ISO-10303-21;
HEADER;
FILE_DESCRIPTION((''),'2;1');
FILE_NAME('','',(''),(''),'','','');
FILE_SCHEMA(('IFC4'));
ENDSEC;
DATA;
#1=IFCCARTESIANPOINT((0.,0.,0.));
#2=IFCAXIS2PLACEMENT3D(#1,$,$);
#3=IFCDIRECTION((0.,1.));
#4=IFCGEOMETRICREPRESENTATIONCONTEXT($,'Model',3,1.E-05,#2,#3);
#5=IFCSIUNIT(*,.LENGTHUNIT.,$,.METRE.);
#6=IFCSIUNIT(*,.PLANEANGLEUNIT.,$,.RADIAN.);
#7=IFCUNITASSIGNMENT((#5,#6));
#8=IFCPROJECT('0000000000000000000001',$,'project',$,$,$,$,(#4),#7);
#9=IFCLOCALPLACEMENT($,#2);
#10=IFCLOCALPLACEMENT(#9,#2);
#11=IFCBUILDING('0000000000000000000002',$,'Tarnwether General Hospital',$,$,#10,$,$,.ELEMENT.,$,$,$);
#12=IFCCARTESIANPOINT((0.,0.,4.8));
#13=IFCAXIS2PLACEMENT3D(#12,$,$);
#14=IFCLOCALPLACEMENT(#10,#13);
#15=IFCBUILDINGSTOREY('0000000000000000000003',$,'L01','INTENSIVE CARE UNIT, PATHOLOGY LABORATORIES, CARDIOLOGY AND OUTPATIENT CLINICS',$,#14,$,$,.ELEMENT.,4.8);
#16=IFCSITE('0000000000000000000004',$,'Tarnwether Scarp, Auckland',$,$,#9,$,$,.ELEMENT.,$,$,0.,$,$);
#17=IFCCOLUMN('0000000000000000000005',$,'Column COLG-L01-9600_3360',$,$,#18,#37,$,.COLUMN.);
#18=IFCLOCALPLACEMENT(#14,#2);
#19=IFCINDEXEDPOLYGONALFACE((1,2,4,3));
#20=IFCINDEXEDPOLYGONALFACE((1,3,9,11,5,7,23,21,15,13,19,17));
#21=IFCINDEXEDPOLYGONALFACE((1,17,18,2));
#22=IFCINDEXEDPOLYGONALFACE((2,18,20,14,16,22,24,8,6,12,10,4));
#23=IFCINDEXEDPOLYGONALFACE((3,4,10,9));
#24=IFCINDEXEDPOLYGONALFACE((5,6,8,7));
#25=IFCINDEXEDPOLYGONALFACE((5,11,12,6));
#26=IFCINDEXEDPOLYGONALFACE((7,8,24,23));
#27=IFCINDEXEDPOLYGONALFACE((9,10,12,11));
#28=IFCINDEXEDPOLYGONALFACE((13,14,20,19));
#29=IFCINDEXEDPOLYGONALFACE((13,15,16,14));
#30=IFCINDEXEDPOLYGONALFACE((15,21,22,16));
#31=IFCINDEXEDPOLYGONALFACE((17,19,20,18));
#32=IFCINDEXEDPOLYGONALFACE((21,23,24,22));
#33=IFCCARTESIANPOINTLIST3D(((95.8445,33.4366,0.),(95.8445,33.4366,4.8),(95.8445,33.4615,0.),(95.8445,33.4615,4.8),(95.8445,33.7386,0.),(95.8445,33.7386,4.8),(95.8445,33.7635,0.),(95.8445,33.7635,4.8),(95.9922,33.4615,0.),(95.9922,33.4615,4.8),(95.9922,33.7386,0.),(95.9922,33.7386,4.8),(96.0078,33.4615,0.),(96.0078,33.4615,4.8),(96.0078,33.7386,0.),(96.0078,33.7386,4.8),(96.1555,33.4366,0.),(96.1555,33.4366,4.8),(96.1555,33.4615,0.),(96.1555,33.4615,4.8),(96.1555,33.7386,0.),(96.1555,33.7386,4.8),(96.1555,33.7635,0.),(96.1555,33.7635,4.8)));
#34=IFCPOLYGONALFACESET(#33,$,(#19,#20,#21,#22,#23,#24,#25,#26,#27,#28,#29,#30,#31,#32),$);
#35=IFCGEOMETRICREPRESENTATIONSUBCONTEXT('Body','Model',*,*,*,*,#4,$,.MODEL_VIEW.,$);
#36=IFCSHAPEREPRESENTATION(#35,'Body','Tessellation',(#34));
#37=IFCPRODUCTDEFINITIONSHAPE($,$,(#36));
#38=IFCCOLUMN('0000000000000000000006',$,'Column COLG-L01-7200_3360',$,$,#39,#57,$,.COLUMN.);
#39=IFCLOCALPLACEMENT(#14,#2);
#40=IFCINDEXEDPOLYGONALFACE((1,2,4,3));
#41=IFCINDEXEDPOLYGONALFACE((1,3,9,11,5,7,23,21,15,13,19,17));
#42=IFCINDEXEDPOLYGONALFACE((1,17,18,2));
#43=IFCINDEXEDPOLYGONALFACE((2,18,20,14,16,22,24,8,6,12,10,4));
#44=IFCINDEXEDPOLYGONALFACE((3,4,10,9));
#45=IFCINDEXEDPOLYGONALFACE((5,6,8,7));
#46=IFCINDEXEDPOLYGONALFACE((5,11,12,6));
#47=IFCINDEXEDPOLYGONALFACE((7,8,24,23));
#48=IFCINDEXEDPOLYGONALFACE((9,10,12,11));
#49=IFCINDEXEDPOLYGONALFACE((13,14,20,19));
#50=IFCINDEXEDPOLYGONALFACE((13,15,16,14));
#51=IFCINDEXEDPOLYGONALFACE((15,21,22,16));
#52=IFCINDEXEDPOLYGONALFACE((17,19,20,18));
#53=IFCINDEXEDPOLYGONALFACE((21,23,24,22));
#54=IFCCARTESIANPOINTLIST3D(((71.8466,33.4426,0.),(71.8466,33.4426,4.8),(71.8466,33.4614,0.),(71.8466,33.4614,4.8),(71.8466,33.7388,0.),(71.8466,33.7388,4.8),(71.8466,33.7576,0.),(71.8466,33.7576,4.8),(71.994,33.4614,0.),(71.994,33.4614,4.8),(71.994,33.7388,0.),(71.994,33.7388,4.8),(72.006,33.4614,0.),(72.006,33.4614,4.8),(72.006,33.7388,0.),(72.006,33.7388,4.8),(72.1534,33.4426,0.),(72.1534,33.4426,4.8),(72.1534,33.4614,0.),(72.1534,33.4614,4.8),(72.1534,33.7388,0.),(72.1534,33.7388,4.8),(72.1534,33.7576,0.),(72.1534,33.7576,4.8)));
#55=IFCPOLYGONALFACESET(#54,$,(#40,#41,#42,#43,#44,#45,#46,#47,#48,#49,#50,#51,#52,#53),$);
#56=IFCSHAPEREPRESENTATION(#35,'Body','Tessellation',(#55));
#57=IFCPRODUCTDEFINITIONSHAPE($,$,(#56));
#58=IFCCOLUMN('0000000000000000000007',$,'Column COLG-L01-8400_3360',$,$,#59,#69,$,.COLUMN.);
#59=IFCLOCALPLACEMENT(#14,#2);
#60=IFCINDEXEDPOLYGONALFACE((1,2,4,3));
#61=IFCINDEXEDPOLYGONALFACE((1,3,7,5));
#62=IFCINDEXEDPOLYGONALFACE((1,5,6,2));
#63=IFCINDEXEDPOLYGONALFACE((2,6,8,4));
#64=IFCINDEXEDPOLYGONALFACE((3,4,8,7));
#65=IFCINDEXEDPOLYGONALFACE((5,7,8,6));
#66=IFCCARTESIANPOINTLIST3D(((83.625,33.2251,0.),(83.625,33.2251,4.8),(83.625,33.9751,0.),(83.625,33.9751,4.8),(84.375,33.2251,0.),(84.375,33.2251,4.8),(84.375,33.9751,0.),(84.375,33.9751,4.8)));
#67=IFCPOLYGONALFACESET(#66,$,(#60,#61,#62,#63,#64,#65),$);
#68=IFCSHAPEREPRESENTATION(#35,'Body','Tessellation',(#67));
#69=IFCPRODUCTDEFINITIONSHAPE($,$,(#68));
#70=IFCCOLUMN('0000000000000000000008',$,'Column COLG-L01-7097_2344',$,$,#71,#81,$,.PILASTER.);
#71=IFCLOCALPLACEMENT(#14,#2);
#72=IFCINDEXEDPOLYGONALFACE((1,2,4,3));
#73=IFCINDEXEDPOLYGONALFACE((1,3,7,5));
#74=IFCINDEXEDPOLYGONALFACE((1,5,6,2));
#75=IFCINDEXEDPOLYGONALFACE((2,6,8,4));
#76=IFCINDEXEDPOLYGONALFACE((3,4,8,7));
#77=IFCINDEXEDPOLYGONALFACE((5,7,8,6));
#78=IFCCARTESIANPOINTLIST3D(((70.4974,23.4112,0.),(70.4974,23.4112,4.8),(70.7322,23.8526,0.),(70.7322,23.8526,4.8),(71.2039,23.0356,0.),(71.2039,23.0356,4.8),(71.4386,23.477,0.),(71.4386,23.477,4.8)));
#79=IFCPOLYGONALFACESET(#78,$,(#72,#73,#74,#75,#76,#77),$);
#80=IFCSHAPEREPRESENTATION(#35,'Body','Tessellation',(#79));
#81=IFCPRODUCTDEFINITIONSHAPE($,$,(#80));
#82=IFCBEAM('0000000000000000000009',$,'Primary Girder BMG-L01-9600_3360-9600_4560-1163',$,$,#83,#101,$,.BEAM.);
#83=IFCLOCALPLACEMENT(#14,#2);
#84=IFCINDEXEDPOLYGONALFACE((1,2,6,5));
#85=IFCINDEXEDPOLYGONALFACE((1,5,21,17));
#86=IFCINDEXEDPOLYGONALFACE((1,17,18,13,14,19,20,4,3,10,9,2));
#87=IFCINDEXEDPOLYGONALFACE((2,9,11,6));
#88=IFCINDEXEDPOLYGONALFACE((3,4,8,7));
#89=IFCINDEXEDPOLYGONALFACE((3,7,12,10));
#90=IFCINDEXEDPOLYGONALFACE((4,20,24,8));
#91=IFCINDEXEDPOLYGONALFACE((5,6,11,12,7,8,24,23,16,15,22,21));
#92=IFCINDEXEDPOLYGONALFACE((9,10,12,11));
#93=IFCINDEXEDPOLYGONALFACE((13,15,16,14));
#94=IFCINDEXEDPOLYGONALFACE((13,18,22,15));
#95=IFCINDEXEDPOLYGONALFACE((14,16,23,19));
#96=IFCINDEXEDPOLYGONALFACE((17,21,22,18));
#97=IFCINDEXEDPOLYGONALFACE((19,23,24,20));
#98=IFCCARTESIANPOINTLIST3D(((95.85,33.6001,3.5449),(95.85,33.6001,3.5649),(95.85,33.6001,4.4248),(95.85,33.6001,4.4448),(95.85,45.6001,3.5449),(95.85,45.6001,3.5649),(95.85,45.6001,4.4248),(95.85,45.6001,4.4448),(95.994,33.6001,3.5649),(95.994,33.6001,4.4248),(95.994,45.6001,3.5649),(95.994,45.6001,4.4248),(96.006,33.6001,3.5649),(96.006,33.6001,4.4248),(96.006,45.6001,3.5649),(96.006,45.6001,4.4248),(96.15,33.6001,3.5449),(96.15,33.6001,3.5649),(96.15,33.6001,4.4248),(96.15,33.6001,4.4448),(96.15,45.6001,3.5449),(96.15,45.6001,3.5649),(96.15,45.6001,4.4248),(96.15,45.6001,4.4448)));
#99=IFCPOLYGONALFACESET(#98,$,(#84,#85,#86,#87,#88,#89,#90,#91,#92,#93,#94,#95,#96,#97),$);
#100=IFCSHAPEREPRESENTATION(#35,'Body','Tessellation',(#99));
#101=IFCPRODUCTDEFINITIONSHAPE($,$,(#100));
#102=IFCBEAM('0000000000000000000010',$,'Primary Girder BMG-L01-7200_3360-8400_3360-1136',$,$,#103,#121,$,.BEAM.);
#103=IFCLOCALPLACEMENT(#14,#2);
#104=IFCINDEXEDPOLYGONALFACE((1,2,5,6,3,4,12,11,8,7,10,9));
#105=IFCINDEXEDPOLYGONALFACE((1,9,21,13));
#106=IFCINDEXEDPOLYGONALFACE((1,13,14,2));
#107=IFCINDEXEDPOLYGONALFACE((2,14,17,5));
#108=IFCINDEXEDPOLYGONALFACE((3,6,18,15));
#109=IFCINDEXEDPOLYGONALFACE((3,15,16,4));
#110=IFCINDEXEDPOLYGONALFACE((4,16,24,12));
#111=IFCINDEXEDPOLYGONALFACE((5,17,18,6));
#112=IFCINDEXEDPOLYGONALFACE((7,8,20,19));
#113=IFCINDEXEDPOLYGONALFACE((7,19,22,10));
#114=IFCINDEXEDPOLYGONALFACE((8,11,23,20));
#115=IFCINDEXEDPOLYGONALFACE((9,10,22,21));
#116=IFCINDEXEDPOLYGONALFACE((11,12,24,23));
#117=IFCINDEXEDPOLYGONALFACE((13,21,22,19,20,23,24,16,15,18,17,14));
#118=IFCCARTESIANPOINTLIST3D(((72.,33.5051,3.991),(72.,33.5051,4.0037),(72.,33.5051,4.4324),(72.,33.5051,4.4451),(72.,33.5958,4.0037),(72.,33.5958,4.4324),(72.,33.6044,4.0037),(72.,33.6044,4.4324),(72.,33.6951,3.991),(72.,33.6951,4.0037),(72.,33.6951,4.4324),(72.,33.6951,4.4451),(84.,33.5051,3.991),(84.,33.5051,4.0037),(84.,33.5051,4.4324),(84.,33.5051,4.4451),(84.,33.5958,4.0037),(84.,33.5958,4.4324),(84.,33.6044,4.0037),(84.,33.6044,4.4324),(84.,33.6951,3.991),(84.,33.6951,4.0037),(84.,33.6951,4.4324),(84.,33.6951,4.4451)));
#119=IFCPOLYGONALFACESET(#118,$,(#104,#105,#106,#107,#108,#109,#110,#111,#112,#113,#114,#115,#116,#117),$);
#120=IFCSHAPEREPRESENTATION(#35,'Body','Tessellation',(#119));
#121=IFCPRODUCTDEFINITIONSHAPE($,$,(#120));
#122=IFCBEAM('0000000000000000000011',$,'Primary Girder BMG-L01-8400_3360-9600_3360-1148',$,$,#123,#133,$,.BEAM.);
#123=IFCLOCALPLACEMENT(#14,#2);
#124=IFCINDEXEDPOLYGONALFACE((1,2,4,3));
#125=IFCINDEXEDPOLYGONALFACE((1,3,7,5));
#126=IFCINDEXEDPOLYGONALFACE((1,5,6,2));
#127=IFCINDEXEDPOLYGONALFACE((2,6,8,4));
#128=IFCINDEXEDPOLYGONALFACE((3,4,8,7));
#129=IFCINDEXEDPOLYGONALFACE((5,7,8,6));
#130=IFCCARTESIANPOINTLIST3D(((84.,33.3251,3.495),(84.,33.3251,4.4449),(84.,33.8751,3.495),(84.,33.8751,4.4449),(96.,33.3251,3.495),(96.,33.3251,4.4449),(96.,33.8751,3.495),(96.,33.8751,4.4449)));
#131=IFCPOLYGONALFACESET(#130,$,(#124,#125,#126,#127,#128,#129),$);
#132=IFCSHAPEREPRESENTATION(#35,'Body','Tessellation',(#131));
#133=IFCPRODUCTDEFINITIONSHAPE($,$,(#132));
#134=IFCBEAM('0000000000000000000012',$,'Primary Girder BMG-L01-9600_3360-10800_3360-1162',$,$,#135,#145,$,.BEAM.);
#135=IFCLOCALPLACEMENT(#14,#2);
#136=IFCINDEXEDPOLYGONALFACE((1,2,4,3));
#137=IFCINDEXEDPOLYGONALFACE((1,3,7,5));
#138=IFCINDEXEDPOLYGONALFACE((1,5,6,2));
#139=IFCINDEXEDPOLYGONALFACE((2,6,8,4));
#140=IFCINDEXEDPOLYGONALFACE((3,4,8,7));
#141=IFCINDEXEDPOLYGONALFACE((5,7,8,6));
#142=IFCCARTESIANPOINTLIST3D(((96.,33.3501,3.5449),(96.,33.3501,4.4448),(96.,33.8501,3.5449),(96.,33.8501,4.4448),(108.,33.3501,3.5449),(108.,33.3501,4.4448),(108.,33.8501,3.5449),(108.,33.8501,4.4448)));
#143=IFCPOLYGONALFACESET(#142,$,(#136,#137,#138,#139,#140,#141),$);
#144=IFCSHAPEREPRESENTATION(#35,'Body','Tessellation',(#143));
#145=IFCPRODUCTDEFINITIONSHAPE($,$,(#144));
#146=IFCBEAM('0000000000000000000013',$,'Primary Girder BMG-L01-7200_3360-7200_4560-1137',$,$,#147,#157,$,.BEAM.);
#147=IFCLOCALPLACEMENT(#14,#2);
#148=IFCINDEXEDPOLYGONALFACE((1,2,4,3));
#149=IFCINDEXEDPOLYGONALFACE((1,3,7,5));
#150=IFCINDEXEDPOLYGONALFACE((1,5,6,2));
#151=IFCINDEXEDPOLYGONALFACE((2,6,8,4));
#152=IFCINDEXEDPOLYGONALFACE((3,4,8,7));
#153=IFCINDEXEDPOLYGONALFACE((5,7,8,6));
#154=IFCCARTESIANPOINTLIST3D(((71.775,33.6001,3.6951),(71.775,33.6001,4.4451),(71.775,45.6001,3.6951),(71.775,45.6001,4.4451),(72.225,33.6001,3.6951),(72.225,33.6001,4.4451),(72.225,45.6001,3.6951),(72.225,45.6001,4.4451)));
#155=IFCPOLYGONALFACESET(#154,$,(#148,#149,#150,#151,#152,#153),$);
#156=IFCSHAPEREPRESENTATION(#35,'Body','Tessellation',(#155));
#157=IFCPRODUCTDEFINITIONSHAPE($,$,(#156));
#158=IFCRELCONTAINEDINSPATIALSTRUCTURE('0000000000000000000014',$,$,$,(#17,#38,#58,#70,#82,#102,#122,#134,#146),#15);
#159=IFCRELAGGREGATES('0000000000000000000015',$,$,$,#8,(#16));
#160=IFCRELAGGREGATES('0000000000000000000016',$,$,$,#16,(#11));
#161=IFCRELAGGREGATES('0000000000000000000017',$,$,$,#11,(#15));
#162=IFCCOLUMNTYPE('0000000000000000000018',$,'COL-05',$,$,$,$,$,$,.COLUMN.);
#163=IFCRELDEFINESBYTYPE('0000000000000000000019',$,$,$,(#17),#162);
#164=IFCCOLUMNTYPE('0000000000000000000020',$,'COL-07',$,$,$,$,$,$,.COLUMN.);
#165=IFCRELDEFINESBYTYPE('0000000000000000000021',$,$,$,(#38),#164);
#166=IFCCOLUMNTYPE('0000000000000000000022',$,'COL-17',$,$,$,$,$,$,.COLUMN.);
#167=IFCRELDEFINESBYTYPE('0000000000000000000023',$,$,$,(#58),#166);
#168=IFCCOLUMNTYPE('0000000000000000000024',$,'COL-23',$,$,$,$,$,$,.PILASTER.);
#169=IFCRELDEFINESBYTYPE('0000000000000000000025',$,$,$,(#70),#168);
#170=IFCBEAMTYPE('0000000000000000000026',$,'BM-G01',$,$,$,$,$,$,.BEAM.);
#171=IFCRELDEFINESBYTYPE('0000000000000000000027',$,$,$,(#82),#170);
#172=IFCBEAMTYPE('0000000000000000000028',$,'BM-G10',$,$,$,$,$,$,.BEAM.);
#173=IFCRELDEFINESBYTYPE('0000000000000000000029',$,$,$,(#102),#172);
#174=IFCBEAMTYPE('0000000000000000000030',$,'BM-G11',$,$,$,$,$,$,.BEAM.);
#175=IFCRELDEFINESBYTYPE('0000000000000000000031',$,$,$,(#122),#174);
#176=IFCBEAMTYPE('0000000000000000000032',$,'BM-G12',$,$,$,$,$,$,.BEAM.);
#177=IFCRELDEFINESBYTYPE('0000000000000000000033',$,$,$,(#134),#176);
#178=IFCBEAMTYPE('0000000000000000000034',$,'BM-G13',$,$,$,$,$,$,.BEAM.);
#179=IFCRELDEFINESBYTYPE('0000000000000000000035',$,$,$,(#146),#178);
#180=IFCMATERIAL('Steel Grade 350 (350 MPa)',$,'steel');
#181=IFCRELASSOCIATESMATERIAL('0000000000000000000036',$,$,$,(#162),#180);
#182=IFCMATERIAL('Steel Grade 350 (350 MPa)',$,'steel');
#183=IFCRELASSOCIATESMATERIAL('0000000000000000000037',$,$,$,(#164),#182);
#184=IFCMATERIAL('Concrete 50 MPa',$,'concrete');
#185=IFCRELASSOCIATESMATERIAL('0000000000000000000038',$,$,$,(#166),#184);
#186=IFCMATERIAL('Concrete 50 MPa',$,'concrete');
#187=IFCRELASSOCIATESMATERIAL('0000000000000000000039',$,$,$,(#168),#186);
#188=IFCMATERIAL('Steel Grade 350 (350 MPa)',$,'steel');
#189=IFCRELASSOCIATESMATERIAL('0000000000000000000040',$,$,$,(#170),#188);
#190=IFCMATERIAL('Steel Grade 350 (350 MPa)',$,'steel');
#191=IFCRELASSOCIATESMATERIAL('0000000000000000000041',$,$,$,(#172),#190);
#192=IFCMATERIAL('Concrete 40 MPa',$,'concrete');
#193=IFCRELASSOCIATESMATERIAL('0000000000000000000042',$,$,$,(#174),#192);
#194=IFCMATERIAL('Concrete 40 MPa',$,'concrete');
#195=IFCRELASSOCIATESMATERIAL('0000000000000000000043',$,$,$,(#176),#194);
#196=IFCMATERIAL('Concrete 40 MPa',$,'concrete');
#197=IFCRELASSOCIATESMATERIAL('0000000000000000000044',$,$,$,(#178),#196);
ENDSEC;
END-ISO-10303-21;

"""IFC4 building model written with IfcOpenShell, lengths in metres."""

from ifc_helpers import new_model, si_unit, direction, frame, origin, origin_2d, place, context, subcontext, project, spatial, rectangle, i_section, extrude, material, material_profile, profile_set, type_object, element, save


model = new_model("IFC4")

# Units and contexts
model_context = context("Model", 3, precision=1e-05, world=origin(), true_north=direction((0.0, 1.0)))
body_context = subcontext(model_context, "Body", "Model", "MODEL_VIEW")
ifc_project = project(units=[si_unit("LENGTHUNIT", "METRE"), si_unit("PLANEANGLEUNIT", "RADIAN")], contexts=[model_context])

# Site, building, storey
site_placement = place(None, origin())
site = spatial("IfcSite", under=ifc_project, at=site_placement, Name="Tarnwether Scarp, Auckland", CompositionType="ELEMENT", RefElevation=0.0)
building_placement = place(site_placement, origin())
building = spatial("IfcBuilding", under=site, at=building_placement, Name="Tarnwether General Hospital", CompositionType="ELEMENT")
storey_placement = place(building_placement, frame((0.0, 0.0, 4.8)))
storey = spatial("IfcBuildingStorey", under=building, at=storey_placement, Name="L01", Description="INTENSIVE CARE UNIT, PATHOLOGY LABORATORIES, CARDIOLOGY AND OUTPATIENT CLINICS", CompositionType="ELEMENT", Elevation=4.8)

# Columns
ifc_material_1 = material(Name="Steel Grade 350 (350 MPa)", Category="steel")
ifc_material_profile_1 = material_profile(ifc_material_1, i_section(OverallWidth=0.311, OverallDepth=0.3269, WebThickness=0.0156, FlangeThickness=0.0249, at=origin_2d()), Name="310UC158")
ifc_profile_set_1 = profile_set([ifc_material_profile_1], Name="Steel Grade 350 (350 MPa)")
column_type_1 = type_object("IfcColumnType", Name="COL-05", PredefinedType="COLUMN", material=ifc_profile_set_1)
column_1_placement = place(storey_placement, frame((96.0, 33.6001, 0.0), z_axis=(0.0, 0.0, 1.0), x_axis=(1.0, 0.0, 0.0)))
element("IfcColumn", 1, at=column_1_placement, inside=storey, type_object=column_type_1, Name="Column COLG-L01-9600_3360", PredefinedType="COLUMN", context=body_context, shape_type="SweptSolid", body=[
    extrude(i_section(OverallWidth=0.311, OverallDepth=0.3269, WebThickness=0.0156, FlangeThickness=0.0249, at=origin_2d()), origin(), (0.0, 0.0, 1.0), 4.8),
])
ifc_material_2 = material(Name="Steel Grade 350 (350 MPa)", Category="steel")
ifc_material_profile_2 = material_profile(ifc_material_2, i_section(OverallWidth=0.3069, OverallDepth=0.3149, WebThickness=0.012, FlangeThickness=0.0188, at=origin_2d()), Name="310UC118")
ifc_profile_set_2 = profile_set([ifc_material_profile_2], Name="Steel Grade 350 (350 MPa)")
column_type_2 = type_object("IfcColumnType", Name="COL-07", PredefinedType="COLUMN", material=ifc_profile_set_2)
column_2_placement = place(storey_placement, frame((72.0, 33.6001, 0.0), z_axis=(0.0, 0.0, 1.0), x_axis=(1.0, 0.0, 0.0)))
element("IfcColumn", 2, at=column_2_placement, inside=storey, type_object=column_type_2, Name="Column COLG-L01-7200_3360", PredefinedType="COLUMN", context=body_context, shape_type="SweptSolid", body=[
    extrude(i_section(OverallWidth=0.3069, OverallDepth=0.3149, WebThickness=0.012, FlangeThickness=0.0188, at=origin_2d()), origin(), (0.0, 0.0, 1.0), 4.8),
])
ifc_material_3 = material(Name="Concrete 50 MPa", Category="concrete")
ifc_material_profile_3 = material_profile(ifc_material_3, rectangle(XDim=0.75, YDim=0.75, at=origin_2d()), Name="RC-COL-750x750")
ifc_profile_set_3 = profile_set([ifc_material_profile_3], Name="Concrete 50 MPa")
column_type_3 = type_object("IfcColumnType", Name="COL-17", PredefinedType="COLUMN", material=ifc_profile_set_3)
column_3_placement = place(storey_placement, frame((84.0, 33.6001, 0.0), z_axis=(0.0, 0.0, 1.0), x_axis=(0.0, 1.0, 0.0)))
element("IfcColumn", 3, at=column_3_placement, inside=storey, type_object=column_type_3, Name="Column COLG-L01-8400_3360", PredefinedType="COLUMN", context=body_context, shape_type="SweptSolid", body=[
    extrude(rectangle(XDim=0.75, YDim=0.75, at=origin_2d()), origin(), (0.0, 0.0, 1.0), 4.8),
])
ifc_material_4 = material(Name="Concrete 50 MPa", Category="concrete")
ifc_material_profile_4 = material_profile(ifc_material_4, rectangle(XDim=0.5, YDim=0.8, at=origin_2d()), Name="RC-PIL-500x800")
ifc_profile_set_4 = profile_set([ifc_material_profile_4], Name="Concrete 50 MPa")
column_type_4 = type_object("IfcColumnType", Name="COL-23", PredefinedType="PILASTER", material=ifc_profile_set_4)
column_4_placement = place(storey_placement, frame((70.968, 23.4441, 0.0), z_axis=(0.0, 0.0, 1.0), x_axis=(0.469472, 0.882948, 0.0)))
element("IfcColumn", 4, at=column_4_placement, inside=storey, type_object=column_type_4, Name="Column COLG-L01-7097_2344", PredefinedType="PILASTER", context=body_context, shape_type="SweptSolid", body=[
    extrude(rectangle(XDim=0.5, YDim=0.8, at=origin_2d()), origin(), (0.0, 0.0, 1.0), 4.8),
])

# Beams
ifc_material_5 = material(Name="Steel Grade 350 (350 MPa)", Category="steel")
ifc_material_profile_5 = material_profile(ifc_material_5, i_section(OverallWidth=0.3, OverallDepth=0.8999, WebThickness=0.012, FlangeThickness=0.02, at=origin_2d()), Name="900WB175")
ifc_profile_set_5 = profile_set([ifc_material_profile_5], Name="Steel Grade 350 (350 MPa)")
beam_type_1 = type_object("IfcBeamType", Name="BM-G01", PredefinedType="BEAM", material=ifc_profile_set_5)
beam_1_placement = place(storey_placement, frame((96.0, 33.6001, 3.9949), z_axis=(0.0, 1.0, 0.0), x_axis=(-1.0, 0.0, 0.0)))
element("IfcBeam", 5, at=beam_1_placement, inside=storey, type_object=beam_type_1, Name="Primary Girder BMG-L01-9600_3360-9600_4560-1163", PredefinedType="BEAM", context=body_context, shape_type="SweptSolid", body=[
    extrude(i_section(OverallWidth=0.3, OverallDepth=0.8999, WebThickness=0.012, FlangeThickness=0.02, at=origin_2d()), origin(), (0.0, 0.0, 1.0), 12.0),
])
ifc_material_6 = material(Name="Steel Grade 350 (350 MPa)", Category="steel")
ifc_material_profile_6 = material_profile(ifc_material_6, i_section(OverallWidth=0.1899, OverallDepth=0.4541, WebThickness=0.0085, FlangeThickness=0.0127, at=origin_2d()), Name="460UB67.1")
ifc_profile_set_6 = profile_set([ifc_material_profile_6], Name="Steel Grade 350 (350 MPa)")
beam_type_2 = type_object("IfcBeamType", Name="BM-G10", PredefinedType="BEAM", material=ifc_profile_set_6)
beam_2_placement = place(storey_placement, frame((72.0, 33.6001, 4.218), z_axis=(1.0, 0.0, 0.0), x_axis=(0.0, 1.0, 0.0)))
element("IfcBeam", 6, at=beam_2_placement, inside=storey, type_object=beam_type_2, Name="Primary Girder BMG-L01-7200_3360-8400_3360-1136", PredefinedType="BEAM", context=body_context, shape_type="SweptSolid", body=[
    extrude(i_section(OverallWidth=0.1899, OverallDepth=0.4541, WebThickness=0.0085, FlangeThickness=0.0127, at=origin_2d()), origin(), (0.0, 0.0, 1.0), 12.0),
])
ifc_material_7 = material(Name="Concrete 40 MPa", Category="concrete")
ifc_material_profile_7 = material_profile(ifc_material_7, rectangle(XDim=0.55, YDim=0.95, at=origin_2d()), Name="RC-BM-550x950")
ifc_profile_set_7 = profile_set([ifc_material_profile_7], Name="Concrete 40 MPa")
beam_type_3 = type_object("IfcBeamType", Name="BM-G11", PredefinedType="BEAM", material=ifc_profile_set_7)
beam_3_placement = place(storey_placement, frame((84.0, 33.6001, 3.97), z_axis=(1.0, 0.0, 0.0), x_axis=(0.0, 1.0, 0.0)))
element("IfcBeam", 7, at=beam_3_placement, inside=storey, type_object=beam_type_3, Name="Primary Girder BMG-L01-8400_3360-9600_3360-1148", PredefinedType="BEAM", context=body_context, shape_type="SweptSolid", body=[
    extrude(rectangle(XDim=0.55, YDim=0.95, at=origin_2d()), origin(), (0.0, 0.0, 1.0), 12.0),
])
ifc_material_8 = material(Name="Concrete 40 MPa", Category="concrete")
ifc_material_profile_8 = material_profile(ifc_material_8, rectangle(XDim=0.5, YDim=0.8999, at=origin_2d()), Name="RC-BM-500x900")
ifc_profile_set_8 = profile_set([ifc_material_profile_8], Name="Concrete 40 MPa")
beam_type_4 = type_object("IfcBeamType", Name="BM-G12", PredefinedType="BEAM", material=ifc_profile_set_8)
beam_4_placement = place(storey_placement, frame((96.0, 33.6001, 3.9949), z_axis=(1.0, 0.0, 0.0), x_axis=(0.0, 1.0, 0.0)))
element("IfcBeam", 8, at=beam_4_placement, inside=storey, type_object=beam_type_4, Name="Primary Girder BMG-L01-9600_3360-10800_3360-1162", PredefinedType="BEAM", context=body_context, shape_type="SweptSolid", body=[
    extrude(rectangle(XDim=0.5, YDim=0.8999, at=origin_2d()), origin(), (0.0, 0.0, 1.0), 12.0),
])
ifc_material_9 = material(Name="Concrete 40 MPa", Category="concrete")
ifc_material_profile_9 = material_profile(ifc_material_9, rectangle(XDim=0.45, YDim=0.75, at=origin_2d()), Name="RC-BM-450x750")
ifc_profile_set_9 = profile_set([ifc_material_profile_9], Name="Concrete 40 MPa")
beam_type_5 = type_object("IfcBeamType", Name="BM-G13", PredefinedType="BEAM", material=ifc_profile_set_9)
beam_5_placement = place(storey_placement, frame((72.0, 33.6001, 4.0701), z_axis=(0.0, 1.0, 0.0), x_axis=(-1.0, 0.0, 0.0)))
element("IfcBeam", 9, at=beam_5_placement, inside=storey, type_object=beam_type_5, Name="Primary Girder BMG-L01-7200_3360-7200_4560-1137", PredefinedType="BEAM", context=body_context, shape_type="SweptSolid", body=[
    extrude(rectangle(XDim=0.45, YDim=0.75, at=origin_2d()), origin(), (0.0, 0.0, 1.0), 12.0),
])

save(model, "model.ifc")
